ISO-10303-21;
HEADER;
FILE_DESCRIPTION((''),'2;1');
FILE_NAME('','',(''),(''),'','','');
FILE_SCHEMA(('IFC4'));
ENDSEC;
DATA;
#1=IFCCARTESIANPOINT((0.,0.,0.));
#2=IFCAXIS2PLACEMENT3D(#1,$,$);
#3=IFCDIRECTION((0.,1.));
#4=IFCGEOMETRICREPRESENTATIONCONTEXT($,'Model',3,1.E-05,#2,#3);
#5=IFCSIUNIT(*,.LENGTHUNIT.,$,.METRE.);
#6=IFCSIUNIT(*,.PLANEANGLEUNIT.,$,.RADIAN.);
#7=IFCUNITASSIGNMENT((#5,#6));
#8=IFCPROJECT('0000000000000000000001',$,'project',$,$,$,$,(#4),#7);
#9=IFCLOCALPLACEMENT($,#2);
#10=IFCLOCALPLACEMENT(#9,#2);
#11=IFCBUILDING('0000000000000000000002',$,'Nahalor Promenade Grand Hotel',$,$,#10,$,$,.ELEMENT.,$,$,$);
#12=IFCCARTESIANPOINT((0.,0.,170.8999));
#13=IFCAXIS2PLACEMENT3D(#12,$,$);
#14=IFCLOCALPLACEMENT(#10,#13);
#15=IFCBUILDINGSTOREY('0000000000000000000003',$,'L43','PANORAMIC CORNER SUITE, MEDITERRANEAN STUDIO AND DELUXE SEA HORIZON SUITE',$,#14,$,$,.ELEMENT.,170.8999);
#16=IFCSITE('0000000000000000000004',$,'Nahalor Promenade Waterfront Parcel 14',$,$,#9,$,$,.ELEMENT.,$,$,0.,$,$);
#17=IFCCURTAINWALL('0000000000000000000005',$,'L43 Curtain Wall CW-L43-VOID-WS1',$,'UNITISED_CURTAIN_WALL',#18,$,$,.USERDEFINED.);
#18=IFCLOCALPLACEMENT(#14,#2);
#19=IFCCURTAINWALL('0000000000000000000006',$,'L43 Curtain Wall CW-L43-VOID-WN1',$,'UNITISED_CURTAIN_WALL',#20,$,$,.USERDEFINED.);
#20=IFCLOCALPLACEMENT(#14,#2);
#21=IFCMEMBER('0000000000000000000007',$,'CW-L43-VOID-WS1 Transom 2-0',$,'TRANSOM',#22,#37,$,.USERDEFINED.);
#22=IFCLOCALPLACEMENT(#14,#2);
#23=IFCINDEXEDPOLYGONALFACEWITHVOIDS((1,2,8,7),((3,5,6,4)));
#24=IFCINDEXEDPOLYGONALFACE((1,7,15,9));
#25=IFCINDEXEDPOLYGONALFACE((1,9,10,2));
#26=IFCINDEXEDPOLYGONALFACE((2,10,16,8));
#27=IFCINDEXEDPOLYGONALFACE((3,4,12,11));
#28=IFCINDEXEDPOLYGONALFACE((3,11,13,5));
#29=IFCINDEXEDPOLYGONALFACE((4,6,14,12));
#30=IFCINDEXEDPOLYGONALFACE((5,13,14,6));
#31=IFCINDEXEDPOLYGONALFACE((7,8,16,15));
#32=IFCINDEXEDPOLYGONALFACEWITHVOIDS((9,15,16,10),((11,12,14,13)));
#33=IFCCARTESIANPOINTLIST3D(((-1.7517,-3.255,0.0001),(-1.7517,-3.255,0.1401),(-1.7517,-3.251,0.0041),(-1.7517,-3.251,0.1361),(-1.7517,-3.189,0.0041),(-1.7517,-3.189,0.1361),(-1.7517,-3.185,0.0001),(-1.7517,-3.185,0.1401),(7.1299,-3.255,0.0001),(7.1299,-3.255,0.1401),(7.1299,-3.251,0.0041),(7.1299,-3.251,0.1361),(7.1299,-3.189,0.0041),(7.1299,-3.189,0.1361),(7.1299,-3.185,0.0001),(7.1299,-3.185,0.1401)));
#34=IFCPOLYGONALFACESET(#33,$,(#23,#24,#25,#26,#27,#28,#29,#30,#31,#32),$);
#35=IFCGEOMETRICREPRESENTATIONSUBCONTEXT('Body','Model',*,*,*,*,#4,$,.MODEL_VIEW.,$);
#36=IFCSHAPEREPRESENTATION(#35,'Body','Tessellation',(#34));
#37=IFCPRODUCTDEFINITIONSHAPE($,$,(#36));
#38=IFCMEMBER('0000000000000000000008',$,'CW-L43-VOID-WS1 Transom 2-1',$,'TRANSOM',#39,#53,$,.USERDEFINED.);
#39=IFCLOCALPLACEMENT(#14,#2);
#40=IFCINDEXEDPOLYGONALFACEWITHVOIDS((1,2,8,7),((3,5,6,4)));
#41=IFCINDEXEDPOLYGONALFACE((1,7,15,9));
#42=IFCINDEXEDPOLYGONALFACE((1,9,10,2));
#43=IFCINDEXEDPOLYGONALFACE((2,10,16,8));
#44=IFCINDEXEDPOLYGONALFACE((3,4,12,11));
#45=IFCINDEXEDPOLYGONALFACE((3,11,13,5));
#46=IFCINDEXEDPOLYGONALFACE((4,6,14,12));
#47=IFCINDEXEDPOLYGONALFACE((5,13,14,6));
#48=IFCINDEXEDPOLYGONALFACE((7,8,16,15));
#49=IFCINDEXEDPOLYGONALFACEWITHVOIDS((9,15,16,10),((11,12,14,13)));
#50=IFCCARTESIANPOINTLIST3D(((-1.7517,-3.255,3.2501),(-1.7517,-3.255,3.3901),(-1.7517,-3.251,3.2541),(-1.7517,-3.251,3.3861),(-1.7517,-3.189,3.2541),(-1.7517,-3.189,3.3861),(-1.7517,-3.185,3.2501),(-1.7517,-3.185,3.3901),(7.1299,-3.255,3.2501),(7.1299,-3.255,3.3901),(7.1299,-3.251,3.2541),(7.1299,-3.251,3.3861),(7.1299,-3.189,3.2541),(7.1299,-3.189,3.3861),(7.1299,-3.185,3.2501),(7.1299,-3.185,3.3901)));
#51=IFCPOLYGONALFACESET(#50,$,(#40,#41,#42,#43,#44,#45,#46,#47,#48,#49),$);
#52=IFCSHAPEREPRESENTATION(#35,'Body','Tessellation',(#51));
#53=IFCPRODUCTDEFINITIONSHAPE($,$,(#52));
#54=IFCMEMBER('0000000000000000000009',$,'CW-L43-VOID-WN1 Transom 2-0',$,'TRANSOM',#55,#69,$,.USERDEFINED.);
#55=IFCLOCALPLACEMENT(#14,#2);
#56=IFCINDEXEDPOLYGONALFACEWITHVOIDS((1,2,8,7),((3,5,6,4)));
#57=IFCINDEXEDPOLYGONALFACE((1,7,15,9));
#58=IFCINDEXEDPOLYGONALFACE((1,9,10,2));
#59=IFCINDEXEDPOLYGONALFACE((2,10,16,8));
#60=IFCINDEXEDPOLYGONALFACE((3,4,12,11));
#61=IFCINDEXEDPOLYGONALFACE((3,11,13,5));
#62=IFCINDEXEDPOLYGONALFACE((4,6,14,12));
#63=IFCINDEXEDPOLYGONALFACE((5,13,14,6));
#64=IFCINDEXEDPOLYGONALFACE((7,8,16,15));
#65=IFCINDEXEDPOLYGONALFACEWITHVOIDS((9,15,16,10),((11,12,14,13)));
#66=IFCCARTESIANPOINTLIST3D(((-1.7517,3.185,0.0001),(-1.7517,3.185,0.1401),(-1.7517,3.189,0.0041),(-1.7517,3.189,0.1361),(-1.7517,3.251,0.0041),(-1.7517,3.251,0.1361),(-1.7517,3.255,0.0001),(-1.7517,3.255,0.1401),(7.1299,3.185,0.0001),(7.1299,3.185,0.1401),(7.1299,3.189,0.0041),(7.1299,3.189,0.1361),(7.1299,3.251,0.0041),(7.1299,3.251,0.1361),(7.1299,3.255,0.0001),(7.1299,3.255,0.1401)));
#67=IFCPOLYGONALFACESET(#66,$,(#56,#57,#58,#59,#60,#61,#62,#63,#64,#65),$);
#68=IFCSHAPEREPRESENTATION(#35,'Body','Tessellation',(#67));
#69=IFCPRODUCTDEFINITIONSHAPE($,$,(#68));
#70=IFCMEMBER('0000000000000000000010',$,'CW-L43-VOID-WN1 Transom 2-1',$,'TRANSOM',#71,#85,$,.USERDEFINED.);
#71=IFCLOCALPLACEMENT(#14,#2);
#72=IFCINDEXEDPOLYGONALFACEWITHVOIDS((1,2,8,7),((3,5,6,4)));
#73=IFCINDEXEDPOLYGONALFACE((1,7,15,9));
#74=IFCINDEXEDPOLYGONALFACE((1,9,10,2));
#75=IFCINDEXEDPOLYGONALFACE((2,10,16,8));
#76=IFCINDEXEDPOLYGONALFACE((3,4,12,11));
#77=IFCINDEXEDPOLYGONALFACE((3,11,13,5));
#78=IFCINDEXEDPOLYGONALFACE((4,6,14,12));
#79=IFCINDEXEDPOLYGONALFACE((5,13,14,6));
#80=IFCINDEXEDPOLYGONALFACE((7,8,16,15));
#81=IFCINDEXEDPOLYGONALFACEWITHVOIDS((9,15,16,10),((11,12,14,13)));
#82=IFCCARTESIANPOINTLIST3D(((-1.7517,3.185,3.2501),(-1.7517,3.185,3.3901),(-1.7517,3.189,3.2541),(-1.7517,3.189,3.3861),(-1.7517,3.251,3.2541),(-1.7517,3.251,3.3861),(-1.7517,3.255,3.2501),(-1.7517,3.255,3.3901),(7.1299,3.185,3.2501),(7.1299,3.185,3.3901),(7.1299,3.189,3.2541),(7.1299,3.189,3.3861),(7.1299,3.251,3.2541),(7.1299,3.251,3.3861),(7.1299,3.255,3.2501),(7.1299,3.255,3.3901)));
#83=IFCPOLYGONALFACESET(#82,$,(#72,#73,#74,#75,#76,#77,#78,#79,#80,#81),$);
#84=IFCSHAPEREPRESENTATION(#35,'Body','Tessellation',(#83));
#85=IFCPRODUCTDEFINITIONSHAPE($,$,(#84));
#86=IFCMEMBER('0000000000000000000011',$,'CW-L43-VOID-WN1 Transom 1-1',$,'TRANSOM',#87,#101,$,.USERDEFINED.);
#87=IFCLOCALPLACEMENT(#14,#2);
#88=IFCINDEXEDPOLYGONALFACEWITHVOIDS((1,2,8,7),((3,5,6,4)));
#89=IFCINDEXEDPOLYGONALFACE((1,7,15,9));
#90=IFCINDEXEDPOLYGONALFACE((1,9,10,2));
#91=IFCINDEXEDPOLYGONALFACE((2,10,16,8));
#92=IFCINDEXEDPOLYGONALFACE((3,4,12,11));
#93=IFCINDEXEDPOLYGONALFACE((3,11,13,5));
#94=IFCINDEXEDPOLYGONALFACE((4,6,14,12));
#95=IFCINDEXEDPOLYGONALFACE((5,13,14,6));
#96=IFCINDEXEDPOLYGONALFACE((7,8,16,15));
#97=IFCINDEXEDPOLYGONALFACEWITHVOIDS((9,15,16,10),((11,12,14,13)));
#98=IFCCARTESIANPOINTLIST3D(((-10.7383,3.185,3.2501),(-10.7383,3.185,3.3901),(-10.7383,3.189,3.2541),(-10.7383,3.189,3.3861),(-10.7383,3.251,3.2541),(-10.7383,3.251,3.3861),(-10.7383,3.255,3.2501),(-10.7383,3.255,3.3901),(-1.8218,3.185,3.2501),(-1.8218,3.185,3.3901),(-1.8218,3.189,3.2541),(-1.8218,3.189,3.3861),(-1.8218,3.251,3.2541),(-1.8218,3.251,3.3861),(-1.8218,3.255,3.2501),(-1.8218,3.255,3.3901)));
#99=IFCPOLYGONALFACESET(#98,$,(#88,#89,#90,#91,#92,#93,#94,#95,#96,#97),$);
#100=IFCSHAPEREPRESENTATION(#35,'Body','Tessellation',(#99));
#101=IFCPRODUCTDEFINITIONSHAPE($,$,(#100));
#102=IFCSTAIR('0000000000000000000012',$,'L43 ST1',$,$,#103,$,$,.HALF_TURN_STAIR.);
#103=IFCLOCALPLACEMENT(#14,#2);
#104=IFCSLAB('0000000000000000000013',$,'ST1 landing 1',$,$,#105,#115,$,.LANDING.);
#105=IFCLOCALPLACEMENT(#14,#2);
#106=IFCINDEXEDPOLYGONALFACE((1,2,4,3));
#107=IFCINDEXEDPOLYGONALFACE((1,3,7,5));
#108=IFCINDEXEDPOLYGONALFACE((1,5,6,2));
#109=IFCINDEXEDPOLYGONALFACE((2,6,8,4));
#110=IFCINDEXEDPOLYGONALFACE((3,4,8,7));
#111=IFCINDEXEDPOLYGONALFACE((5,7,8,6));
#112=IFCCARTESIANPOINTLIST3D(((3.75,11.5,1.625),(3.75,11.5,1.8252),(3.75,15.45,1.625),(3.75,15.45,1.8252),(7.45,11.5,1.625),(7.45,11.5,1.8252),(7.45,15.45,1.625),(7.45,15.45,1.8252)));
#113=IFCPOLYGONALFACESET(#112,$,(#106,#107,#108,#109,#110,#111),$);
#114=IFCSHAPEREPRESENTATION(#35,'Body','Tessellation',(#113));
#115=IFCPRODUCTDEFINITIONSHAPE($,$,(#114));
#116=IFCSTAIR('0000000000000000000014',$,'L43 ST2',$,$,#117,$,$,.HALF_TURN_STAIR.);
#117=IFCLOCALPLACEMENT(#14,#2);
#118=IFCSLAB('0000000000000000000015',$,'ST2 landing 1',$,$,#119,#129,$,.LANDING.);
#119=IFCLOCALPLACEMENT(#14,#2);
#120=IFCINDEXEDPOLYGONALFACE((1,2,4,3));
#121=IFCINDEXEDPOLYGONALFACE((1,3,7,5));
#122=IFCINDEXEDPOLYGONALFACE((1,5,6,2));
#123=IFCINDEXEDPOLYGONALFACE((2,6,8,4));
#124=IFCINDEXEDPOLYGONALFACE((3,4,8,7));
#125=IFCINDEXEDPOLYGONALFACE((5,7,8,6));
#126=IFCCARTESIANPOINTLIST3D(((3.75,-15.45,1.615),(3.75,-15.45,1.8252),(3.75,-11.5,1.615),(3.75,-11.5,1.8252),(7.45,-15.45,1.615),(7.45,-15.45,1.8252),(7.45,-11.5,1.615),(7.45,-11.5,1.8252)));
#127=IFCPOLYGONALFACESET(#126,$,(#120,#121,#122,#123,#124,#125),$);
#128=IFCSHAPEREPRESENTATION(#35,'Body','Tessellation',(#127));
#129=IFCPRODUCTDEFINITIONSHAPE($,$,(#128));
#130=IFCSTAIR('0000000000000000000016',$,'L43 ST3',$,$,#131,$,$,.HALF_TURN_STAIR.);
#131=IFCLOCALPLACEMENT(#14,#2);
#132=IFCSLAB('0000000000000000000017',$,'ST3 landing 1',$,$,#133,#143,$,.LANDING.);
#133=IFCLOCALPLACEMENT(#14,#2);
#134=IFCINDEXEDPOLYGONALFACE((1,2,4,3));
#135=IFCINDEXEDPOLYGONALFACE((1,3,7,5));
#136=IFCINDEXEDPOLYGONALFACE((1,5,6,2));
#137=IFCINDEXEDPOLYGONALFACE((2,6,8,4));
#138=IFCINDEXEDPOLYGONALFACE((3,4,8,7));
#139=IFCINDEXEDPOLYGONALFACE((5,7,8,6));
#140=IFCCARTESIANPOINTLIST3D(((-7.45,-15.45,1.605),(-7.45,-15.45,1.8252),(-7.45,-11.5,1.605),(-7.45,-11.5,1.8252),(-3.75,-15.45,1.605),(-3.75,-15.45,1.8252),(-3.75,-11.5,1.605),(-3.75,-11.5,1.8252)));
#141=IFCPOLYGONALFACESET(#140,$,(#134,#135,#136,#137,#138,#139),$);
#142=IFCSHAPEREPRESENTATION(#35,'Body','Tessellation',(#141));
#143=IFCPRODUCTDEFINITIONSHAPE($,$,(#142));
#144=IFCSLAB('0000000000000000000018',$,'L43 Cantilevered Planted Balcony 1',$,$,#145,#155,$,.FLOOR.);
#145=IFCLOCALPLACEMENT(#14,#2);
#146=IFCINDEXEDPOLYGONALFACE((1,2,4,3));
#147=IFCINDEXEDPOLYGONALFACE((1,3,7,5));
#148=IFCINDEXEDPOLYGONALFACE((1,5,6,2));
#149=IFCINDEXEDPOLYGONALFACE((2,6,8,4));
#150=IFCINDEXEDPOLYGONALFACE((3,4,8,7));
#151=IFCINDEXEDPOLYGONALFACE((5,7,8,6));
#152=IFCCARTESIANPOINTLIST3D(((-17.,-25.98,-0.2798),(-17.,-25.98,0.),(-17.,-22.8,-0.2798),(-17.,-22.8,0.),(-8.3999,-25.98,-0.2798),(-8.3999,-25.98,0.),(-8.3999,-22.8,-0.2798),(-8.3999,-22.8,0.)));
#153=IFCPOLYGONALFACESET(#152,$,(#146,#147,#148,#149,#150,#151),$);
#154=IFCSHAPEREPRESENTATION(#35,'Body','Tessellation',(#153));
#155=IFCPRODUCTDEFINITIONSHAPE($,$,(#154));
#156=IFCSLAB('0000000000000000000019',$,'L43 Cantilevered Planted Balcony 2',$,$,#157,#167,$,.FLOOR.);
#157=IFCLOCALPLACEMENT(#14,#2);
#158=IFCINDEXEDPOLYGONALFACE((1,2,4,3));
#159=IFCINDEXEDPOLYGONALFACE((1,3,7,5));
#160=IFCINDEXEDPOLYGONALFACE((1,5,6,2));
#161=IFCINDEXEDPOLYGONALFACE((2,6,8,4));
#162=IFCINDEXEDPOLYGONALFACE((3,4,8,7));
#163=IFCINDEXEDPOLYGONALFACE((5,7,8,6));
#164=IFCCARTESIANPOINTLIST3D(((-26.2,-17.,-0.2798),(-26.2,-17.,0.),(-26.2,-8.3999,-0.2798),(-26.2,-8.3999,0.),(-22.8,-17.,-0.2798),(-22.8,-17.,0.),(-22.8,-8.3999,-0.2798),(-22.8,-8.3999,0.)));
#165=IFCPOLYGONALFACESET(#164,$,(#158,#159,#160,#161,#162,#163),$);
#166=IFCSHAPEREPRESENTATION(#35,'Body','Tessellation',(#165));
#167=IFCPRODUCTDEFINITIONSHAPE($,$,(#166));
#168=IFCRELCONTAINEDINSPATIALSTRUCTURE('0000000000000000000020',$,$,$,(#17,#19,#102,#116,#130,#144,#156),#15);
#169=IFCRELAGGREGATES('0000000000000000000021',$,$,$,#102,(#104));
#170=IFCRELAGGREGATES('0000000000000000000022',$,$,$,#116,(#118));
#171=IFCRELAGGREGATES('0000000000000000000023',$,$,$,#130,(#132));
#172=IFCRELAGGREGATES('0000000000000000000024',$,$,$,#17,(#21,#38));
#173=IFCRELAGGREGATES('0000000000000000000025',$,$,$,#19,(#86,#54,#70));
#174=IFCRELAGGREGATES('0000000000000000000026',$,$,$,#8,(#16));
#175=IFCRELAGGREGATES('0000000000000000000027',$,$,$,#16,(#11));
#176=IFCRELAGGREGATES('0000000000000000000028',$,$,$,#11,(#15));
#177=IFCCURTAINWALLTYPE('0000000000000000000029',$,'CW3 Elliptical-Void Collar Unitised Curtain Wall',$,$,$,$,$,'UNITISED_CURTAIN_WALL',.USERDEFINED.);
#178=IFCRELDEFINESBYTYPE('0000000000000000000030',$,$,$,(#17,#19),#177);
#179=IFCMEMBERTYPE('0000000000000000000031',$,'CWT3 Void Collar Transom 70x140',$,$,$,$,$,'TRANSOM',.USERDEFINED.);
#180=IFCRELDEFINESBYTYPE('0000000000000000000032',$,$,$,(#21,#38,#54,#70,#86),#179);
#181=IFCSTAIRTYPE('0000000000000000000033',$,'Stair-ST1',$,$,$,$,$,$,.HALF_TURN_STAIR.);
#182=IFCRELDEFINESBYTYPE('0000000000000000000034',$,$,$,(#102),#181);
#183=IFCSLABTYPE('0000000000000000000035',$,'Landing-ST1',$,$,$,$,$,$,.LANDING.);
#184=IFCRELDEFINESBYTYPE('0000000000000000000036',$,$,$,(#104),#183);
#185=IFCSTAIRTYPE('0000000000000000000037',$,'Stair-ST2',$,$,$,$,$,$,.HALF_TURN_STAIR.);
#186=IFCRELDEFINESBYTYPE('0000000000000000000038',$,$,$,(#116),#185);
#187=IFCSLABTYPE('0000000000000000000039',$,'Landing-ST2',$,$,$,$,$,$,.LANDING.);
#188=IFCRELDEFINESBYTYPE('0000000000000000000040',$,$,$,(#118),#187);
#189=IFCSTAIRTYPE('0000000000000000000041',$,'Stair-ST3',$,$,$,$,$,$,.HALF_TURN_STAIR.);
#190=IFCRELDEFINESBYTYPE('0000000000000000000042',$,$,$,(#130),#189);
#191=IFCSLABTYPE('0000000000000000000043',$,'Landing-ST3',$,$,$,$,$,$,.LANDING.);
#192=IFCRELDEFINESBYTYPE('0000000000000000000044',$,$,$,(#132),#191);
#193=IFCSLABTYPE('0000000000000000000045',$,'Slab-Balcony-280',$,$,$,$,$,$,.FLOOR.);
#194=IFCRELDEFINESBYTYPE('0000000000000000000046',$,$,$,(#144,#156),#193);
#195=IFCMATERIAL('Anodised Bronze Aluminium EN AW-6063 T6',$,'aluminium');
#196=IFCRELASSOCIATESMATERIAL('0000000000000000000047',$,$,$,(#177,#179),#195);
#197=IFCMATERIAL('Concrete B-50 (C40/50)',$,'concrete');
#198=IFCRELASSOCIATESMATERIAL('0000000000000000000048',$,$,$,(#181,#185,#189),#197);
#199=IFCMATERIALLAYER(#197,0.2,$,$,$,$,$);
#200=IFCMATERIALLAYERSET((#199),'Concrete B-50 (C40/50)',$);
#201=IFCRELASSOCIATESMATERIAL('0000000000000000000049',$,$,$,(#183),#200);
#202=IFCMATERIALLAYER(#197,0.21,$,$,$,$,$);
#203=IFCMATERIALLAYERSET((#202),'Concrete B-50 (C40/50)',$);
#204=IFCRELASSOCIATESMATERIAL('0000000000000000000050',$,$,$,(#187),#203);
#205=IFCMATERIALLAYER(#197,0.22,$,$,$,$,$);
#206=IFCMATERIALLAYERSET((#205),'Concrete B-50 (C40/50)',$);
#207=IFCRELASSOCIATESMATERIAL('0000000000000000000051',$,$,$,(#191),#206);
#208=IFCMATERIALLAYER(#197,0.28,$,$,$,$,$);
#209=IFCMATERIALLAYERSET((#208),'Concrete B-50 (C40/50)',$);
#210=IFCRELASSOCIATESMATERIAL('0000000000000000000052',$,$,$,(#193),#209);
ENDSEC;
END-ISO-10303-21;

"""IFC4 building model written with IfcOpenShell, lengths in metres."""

from ifc_helpers import new_model, si_unit, direction, frame, origin, origin_2d, place, context, subcontext, project, spatial, polyline, hollow_rectangle, outline, extrude, source, transform, mapped, material, layer, layer_set, material_profile, profile_set, type_object, element, aggregate, save


model = new_model("IFC4")

# Units and contexts
model_context = context("Model", 3, precision=1e-05, world=origin(), true_north=direction((0.0, 1.0)))
body_context = subcontext(model_context, "Body", "Model", "MODEL_VIEW")
ifc_project = project(units=[si_unit("LENGTHUNIT", "METRE"), si_unit("PLANEANGLEUNIT", "RADIAN")], contexts=[model_context])

# Site, building, storey
site_placement = place(None, origin())
site = spatial("IfcSite", under=ifc_project, at=site_placement, Name="Nahalor Promenade Waterfront Parcel 14", CompositionType="ELEMENT", RefElevation=0.0)
building_placement = place(site_placement, origin())
building = spatial("IfcBuilding", under=site, at=building_placement, Name="Nahalor Promenade Grand Hotel", CompositionType="ELEMENT")
storey_placement = place(building_placement, frame((0.0, 0.0, 170.8999)))
storey = spatial("IfcBuildingStorey", under=building, at=storey_placement, Name="L43", Description="PANORAMIC CORNER SUITE, MEDITERRANEAN STUDIO AND DELUXE SEA HORIZON SUITE", CompositionType="ELEMENT", Elevation=170.8999)

# Curtain walls
ifc_material_1 = material(Name="Anodised Bronze Aluminium EN AW-6063 T6", Category="aluminium")
curtain_wall_type = type_object("IfcCurtainWallType", Name="CW3 Elliptical-Void Collar Unitised Curtain Wall", ElementType="UNITISED_CURTAIN_WALL", PredefinedType="USERDEFINED", material=ifc_material_1)
curtain_wall_1_placement = place(storey_placement, origin())
curtain_wall_1 = element("IfcCurtainWall", 1, at=curtain_wall_1_placement, inside=storey, type_object=curtain_wall_type, Name="L43 Curtain Wall CW-L43-VOID-WS1", ObjectType="UNITISED_CURTAIN_WALL", PredefinedType="USERDEFINED")
curtain_wall_2_placement = place(storey_placement, origin())
curtain_wall_2 = element("IfcCurtainWall", 2, at=curtain_wall_2_placement, inside=storey, type_object=curtain_wall_type, Name="L43 Curtain Wall CW-L43-VOID-WN1", ObjectType="UNITISED_CURTAIN_WALL", PredefinedType="USERDEFINED")

# Members
ifc_material_profile_1 = material_profile(ifc_material_1, hollow_rectangle(XDim=0.07, YDim=0.14, WallThickness=0.004, at=origin_2d()), Name="CWT 70x140x4")
ifc_profile_set_1 = profile_set([ifc_material_profile_1], Name="Anodised Bronze Aluminium EN AW-6063 T6")
member_type_1 = type_object("IfcMemberType", Name="CWT3 Void Collar Transom 70x140", ElementType="TRANSOM", PredefinedType="USERDEFINED", material=ifc_profile_set_1)
shared_shape_1 = source(origin(), body_context, "Body", "SweptSolid", [
    extrude(hollow_rectangle(XDim=0.07, YDim=0.14, WallThickness=0.004, at=origin_2d()), origin(), (0.0, 0.0, 1.0), 8.8816),
])
member_1_placement = place(storey_placement, frame((-1.7517, -3.22, 0.0701), z_axis=(1.0, 0.0, 0.0), x_axis=(0.0, 1.0, 0.0)))
member_1 = element("IfcMember", 3, at=member_1_placement, type_object=member_type_1, Name="CW-L43-VOID-WS1 Transom 2-0", ObjectType="TRANSOM", PredefinedType="USERDEFINED", context=body_context, shape_type="MappedRepresentation", body=[
    mapped(shared_shape_1, transform((0.0, 0.0, 0.0), scale=1.0)),
])
member_2_placement = place(storey_placement, frame((-1.7517, -3.22, 3.3201), z_axis=(1.0, 0.0, 0.0), x_axis=(0.0, 1.0, 0.0)))
member_2 = element("IfcMember", 4, at=member_2_placement, type_object=member_type_1, Name="CW-L43-VOID-WS1 Transom 2-1", ObjectType="TRANSOM", PredefinedType="USERDEFINED", context=body_context, shape_type="MappedRepresentation", body=[
    mapped(shared_shape_1, transform((0.0, 0.0, 0.0), scale=1.0)),
])
member_3_placement = place(storey_placement, frame((-1.7517, 3.22, 0.0701), z_axis=(1.0, 0.0, 0.0), x_axis=(0.0, 1.0, 0.0)))
member_3 = element("IfcMember", 5, at=member_3_placement, type_object=member_type_1, Name="CW-L43-VOID-WN1 Transom 2-0", ObjectType="TRANSOM", PredefinedType="USERDEFINED", context=body_context, shape_type="MappedRepresentation", body=[
    mapped(shared_shape_1, transform((0.0, 0.0, 0.0), scale=1.0)),
])
member_4_placement = place(storey_placement, frame((-1.7517, 3.22, 3.3201), z_axis=(1.0, 0.0, 0.0), x_axis=(0.0, 1.0, 0.0)))
member_4 = element("IfcMember", 6, at=member_4_placement, type_object=member_type_1, Name="CW-L43-VOID-WN1 Transom 2-1", ObjectType="TRANSOM", PredefinedType="USERDEFINED", context=body_context, shape_type="MappedRepresentation", body=[
    mapped(shared_shape_1, transform((0.0, 0.0, 0.0), scale=1.0)),
])
shared_shape_2 = source(origin(), body_context, "Body", "SweptSolid", [
    extrude(hollow_rectangle(XDim=0.07, YDim=0.14, WallThickness=0.004, at=origin_2d()), origin(), (0.0, 0.0, 1.0), 8.9165),
])
member_5_placement = place(storey_placement, frame((-10.7383, 3.22, 3.3201), z_axis=(1.0, 0.0, 0.0), x_axis=(0.0, 1.0, 0.0)))
member_5 = element("IfcMember", 7, at=member_5_placement, type_object=member_type_1, Name="CW-L43-VOID-WN1 Transom 1-1", ObjectType="TRANSOM", PredefinedType="USERDEFINED", context=body_context, shape_type="MappedRepresentation", body=[
    mapped(shared_shape_2, transform((0.0, 0.0, 0.0), scale=1.0)),
])

# Stairs, slabs
ifc_material_2 = material(Name="Concrete B-50 (C40/50)", Category="concrete")
stair_type_1 = type_object("IfcStairType", Name="Stair-ST1", PredefinedType="HALF_TURN_STAIR", material=ifc_material_2)
stair_1_placement = place(storey_placement, origin())
stair_1 = element("IfcStair", 8, at=stair_1_placement, inside=storey, type_object=stair_type_1, Name="L43 ST1", PredefinedType="HALF_TURN_STAIR")
ifc_layer_1 = layer(ifc_material_2, 0.2)
ifc_layer_set_1 = layer_set([ifc_layer_1], Name="Concrete B-50 (C40/50)")
slab_type_1 = type_object("IfcSlabType", Name="Landing-ST1", PredefinedType="LANDING", material=ifc_layer_set_1)
slab_1_placement = place(storey_placement, frame((0.0, 0.0, 1.625)))
slab_1 = element("IfcSlab", 9, at=slab_1_placement, type_object=slab_type_1, Name="ST1 landing 1", PredefinedType="LANDING", context=body_context, shape_type="SweptSolid", body=[
    extrude(outline(polyline([(7.45, 11.5), (7.45, 15.45), (3.75, 15.45), (3.75, 11.5), (7.45, 11.5)])), origin(), (0.0, 0.0, 1.0), 0.2002),
])
aggregate(stair_1, [slab_1])
stair_type_2 = type_object("IfcStairType", Name="Stair-ST2", PredefinedType="HALF_TURN_STAIR", material=ifc_material_2)
stair_2_placement = place(storey_placement, origin())
stair_2 = element("IfcStair", 10, at=stair_2_placement, inside=storey, type_object=stair_type_2, Name="L43 ST2", PredefinedType="HALF_TURN_STAIR")
ifc_layer_2 = layer(ifc_material_2, 0.21)
ifc_layer_set_2 = layer_set([ifc_layer_2], Name="Concrete B-50 (C40/50)")
slab_type_2 = type_object("IfcSlabType", Name="Landing-ST2", PredefinedType="LANDING", material=ifc_layer_set_2)
slab_2_placement = place(storey_placement, frame((0.0, 0.0, 1.615)))
slab_2 = element("IfcSlab", 11, at=slab_2_placement, type_object=slab_type_2, Name="ST2 landing 1", PredefinedType="LANDING", context=body_context, shape_type="SweptSolid", body=[
    extrude(outline(polyline([(3.75, -11.5), (3.75, -15.45), (7.45, -15.45), (7.45, -11.5), (3.75, -11.5)])), origin(), (0.0, 0.0, 1.0), 0.2102),
])
aggregate(stair_2, [slab_2])
stair_type_3 = type_object("IfcStairType", Name="Stair-ST3", PredefinedType="HALF_TURN_STAIR", material=ifc_material_2)
stair_3_placement = place(storey_placement, origin())
stair_3 = element("IfcStair", 12, at=stair_3_placement, inside=storey, type_object=stair_type_3, Name="L43 ST3", PredefinedType="HALF_TURN_STAIR")
ifc_layer_3 = layer(ifc_material_2, 0.22)
ifc_layer_set_3 = layer_set([ifc_layer_3], Name="Concrete B-50 (C40/50)")
slab_type_3 = type_object("IfcSlabType", Name="Landing-ST3", PredefinedType="LANDING", material=ifc_layer_set_3)
slab_3_placement = place(storey_placement, frame((0.0, 0.0, 1.605)))
slab_3 = element("IfcSlab", 13, at=slab_3_placement, type_object=slab_type_3, Name="ST3 landing 1", PredefinedType="LANDING", context=body_context, shape_type="SweptSolid", body=[
    extrude(outline(polyline([(-7.45, -11.5), (-7.45, -15.45), (-3.75, -15.45), (-3.75, -11.5), (-7.45, -11.5)])), origin(), (0.0, 0.0, 1.0), 0.2202),
])
aggregate(stair_3, [slab_3])

# Slabs
ifc_layer_4 = layer(ifc_material_2, 0.28)
ifc_layer_set_4 = layer_set([ifc_layer_4], Name="Concrete B-50 (C40/50)")
slab_type_4 = type_object("IfcSlabType", Name="Slab-Balcony-280", PredefinedType="FLOOR", material=ifc_layer_set_4)
slab_4_placement = place(storey_placement, frame((0.0, 0.0, -0.2798)))
element("IfcSlab", 14, at=slab_4_placement, inside=storey, type_object=slab_type_4, Name="L43 Cantilevered Planted Balcony 1", PredefinedType="FLOOR", context=body_context, shape_type="SweptSolid", body=[
    extrude(outline(polyline([(-17.0, -25.98), (-8.3999, -25.98), (-8.3999, -22.8), (-17.0, -22.8), (-17.0, -25.98)])), origin(), (0.0, 0.0, 1.0), 0.2798),
])
slab_5_placement = place(storey_placement, frame((0.0, 0.0, -0.2798)))
element("IfcSlab", 15, at=slab_5_placement, inside=storey, type_object=slab_type_4, Name="L43 Cantilevered Planted Balcony 2", PredefinedType="FLOOR", context=body_context, shape_type="SweptSolid", body=[
    extrude(outline(polyline([(-26.2, -17.0), (-22.8, -17.0), (-22.8, -8.3999), (-26.2, -8.3999), (-26.2, -17.0)])), origin(), (0.0, 0.0, 1.0), 0.2798),
])

aggregate(curtain_wall_1, [member_1, member_2])
aggregate(curtain_wall_2, [member_5, member_3, member_4])

save(model, "model.ifc")
